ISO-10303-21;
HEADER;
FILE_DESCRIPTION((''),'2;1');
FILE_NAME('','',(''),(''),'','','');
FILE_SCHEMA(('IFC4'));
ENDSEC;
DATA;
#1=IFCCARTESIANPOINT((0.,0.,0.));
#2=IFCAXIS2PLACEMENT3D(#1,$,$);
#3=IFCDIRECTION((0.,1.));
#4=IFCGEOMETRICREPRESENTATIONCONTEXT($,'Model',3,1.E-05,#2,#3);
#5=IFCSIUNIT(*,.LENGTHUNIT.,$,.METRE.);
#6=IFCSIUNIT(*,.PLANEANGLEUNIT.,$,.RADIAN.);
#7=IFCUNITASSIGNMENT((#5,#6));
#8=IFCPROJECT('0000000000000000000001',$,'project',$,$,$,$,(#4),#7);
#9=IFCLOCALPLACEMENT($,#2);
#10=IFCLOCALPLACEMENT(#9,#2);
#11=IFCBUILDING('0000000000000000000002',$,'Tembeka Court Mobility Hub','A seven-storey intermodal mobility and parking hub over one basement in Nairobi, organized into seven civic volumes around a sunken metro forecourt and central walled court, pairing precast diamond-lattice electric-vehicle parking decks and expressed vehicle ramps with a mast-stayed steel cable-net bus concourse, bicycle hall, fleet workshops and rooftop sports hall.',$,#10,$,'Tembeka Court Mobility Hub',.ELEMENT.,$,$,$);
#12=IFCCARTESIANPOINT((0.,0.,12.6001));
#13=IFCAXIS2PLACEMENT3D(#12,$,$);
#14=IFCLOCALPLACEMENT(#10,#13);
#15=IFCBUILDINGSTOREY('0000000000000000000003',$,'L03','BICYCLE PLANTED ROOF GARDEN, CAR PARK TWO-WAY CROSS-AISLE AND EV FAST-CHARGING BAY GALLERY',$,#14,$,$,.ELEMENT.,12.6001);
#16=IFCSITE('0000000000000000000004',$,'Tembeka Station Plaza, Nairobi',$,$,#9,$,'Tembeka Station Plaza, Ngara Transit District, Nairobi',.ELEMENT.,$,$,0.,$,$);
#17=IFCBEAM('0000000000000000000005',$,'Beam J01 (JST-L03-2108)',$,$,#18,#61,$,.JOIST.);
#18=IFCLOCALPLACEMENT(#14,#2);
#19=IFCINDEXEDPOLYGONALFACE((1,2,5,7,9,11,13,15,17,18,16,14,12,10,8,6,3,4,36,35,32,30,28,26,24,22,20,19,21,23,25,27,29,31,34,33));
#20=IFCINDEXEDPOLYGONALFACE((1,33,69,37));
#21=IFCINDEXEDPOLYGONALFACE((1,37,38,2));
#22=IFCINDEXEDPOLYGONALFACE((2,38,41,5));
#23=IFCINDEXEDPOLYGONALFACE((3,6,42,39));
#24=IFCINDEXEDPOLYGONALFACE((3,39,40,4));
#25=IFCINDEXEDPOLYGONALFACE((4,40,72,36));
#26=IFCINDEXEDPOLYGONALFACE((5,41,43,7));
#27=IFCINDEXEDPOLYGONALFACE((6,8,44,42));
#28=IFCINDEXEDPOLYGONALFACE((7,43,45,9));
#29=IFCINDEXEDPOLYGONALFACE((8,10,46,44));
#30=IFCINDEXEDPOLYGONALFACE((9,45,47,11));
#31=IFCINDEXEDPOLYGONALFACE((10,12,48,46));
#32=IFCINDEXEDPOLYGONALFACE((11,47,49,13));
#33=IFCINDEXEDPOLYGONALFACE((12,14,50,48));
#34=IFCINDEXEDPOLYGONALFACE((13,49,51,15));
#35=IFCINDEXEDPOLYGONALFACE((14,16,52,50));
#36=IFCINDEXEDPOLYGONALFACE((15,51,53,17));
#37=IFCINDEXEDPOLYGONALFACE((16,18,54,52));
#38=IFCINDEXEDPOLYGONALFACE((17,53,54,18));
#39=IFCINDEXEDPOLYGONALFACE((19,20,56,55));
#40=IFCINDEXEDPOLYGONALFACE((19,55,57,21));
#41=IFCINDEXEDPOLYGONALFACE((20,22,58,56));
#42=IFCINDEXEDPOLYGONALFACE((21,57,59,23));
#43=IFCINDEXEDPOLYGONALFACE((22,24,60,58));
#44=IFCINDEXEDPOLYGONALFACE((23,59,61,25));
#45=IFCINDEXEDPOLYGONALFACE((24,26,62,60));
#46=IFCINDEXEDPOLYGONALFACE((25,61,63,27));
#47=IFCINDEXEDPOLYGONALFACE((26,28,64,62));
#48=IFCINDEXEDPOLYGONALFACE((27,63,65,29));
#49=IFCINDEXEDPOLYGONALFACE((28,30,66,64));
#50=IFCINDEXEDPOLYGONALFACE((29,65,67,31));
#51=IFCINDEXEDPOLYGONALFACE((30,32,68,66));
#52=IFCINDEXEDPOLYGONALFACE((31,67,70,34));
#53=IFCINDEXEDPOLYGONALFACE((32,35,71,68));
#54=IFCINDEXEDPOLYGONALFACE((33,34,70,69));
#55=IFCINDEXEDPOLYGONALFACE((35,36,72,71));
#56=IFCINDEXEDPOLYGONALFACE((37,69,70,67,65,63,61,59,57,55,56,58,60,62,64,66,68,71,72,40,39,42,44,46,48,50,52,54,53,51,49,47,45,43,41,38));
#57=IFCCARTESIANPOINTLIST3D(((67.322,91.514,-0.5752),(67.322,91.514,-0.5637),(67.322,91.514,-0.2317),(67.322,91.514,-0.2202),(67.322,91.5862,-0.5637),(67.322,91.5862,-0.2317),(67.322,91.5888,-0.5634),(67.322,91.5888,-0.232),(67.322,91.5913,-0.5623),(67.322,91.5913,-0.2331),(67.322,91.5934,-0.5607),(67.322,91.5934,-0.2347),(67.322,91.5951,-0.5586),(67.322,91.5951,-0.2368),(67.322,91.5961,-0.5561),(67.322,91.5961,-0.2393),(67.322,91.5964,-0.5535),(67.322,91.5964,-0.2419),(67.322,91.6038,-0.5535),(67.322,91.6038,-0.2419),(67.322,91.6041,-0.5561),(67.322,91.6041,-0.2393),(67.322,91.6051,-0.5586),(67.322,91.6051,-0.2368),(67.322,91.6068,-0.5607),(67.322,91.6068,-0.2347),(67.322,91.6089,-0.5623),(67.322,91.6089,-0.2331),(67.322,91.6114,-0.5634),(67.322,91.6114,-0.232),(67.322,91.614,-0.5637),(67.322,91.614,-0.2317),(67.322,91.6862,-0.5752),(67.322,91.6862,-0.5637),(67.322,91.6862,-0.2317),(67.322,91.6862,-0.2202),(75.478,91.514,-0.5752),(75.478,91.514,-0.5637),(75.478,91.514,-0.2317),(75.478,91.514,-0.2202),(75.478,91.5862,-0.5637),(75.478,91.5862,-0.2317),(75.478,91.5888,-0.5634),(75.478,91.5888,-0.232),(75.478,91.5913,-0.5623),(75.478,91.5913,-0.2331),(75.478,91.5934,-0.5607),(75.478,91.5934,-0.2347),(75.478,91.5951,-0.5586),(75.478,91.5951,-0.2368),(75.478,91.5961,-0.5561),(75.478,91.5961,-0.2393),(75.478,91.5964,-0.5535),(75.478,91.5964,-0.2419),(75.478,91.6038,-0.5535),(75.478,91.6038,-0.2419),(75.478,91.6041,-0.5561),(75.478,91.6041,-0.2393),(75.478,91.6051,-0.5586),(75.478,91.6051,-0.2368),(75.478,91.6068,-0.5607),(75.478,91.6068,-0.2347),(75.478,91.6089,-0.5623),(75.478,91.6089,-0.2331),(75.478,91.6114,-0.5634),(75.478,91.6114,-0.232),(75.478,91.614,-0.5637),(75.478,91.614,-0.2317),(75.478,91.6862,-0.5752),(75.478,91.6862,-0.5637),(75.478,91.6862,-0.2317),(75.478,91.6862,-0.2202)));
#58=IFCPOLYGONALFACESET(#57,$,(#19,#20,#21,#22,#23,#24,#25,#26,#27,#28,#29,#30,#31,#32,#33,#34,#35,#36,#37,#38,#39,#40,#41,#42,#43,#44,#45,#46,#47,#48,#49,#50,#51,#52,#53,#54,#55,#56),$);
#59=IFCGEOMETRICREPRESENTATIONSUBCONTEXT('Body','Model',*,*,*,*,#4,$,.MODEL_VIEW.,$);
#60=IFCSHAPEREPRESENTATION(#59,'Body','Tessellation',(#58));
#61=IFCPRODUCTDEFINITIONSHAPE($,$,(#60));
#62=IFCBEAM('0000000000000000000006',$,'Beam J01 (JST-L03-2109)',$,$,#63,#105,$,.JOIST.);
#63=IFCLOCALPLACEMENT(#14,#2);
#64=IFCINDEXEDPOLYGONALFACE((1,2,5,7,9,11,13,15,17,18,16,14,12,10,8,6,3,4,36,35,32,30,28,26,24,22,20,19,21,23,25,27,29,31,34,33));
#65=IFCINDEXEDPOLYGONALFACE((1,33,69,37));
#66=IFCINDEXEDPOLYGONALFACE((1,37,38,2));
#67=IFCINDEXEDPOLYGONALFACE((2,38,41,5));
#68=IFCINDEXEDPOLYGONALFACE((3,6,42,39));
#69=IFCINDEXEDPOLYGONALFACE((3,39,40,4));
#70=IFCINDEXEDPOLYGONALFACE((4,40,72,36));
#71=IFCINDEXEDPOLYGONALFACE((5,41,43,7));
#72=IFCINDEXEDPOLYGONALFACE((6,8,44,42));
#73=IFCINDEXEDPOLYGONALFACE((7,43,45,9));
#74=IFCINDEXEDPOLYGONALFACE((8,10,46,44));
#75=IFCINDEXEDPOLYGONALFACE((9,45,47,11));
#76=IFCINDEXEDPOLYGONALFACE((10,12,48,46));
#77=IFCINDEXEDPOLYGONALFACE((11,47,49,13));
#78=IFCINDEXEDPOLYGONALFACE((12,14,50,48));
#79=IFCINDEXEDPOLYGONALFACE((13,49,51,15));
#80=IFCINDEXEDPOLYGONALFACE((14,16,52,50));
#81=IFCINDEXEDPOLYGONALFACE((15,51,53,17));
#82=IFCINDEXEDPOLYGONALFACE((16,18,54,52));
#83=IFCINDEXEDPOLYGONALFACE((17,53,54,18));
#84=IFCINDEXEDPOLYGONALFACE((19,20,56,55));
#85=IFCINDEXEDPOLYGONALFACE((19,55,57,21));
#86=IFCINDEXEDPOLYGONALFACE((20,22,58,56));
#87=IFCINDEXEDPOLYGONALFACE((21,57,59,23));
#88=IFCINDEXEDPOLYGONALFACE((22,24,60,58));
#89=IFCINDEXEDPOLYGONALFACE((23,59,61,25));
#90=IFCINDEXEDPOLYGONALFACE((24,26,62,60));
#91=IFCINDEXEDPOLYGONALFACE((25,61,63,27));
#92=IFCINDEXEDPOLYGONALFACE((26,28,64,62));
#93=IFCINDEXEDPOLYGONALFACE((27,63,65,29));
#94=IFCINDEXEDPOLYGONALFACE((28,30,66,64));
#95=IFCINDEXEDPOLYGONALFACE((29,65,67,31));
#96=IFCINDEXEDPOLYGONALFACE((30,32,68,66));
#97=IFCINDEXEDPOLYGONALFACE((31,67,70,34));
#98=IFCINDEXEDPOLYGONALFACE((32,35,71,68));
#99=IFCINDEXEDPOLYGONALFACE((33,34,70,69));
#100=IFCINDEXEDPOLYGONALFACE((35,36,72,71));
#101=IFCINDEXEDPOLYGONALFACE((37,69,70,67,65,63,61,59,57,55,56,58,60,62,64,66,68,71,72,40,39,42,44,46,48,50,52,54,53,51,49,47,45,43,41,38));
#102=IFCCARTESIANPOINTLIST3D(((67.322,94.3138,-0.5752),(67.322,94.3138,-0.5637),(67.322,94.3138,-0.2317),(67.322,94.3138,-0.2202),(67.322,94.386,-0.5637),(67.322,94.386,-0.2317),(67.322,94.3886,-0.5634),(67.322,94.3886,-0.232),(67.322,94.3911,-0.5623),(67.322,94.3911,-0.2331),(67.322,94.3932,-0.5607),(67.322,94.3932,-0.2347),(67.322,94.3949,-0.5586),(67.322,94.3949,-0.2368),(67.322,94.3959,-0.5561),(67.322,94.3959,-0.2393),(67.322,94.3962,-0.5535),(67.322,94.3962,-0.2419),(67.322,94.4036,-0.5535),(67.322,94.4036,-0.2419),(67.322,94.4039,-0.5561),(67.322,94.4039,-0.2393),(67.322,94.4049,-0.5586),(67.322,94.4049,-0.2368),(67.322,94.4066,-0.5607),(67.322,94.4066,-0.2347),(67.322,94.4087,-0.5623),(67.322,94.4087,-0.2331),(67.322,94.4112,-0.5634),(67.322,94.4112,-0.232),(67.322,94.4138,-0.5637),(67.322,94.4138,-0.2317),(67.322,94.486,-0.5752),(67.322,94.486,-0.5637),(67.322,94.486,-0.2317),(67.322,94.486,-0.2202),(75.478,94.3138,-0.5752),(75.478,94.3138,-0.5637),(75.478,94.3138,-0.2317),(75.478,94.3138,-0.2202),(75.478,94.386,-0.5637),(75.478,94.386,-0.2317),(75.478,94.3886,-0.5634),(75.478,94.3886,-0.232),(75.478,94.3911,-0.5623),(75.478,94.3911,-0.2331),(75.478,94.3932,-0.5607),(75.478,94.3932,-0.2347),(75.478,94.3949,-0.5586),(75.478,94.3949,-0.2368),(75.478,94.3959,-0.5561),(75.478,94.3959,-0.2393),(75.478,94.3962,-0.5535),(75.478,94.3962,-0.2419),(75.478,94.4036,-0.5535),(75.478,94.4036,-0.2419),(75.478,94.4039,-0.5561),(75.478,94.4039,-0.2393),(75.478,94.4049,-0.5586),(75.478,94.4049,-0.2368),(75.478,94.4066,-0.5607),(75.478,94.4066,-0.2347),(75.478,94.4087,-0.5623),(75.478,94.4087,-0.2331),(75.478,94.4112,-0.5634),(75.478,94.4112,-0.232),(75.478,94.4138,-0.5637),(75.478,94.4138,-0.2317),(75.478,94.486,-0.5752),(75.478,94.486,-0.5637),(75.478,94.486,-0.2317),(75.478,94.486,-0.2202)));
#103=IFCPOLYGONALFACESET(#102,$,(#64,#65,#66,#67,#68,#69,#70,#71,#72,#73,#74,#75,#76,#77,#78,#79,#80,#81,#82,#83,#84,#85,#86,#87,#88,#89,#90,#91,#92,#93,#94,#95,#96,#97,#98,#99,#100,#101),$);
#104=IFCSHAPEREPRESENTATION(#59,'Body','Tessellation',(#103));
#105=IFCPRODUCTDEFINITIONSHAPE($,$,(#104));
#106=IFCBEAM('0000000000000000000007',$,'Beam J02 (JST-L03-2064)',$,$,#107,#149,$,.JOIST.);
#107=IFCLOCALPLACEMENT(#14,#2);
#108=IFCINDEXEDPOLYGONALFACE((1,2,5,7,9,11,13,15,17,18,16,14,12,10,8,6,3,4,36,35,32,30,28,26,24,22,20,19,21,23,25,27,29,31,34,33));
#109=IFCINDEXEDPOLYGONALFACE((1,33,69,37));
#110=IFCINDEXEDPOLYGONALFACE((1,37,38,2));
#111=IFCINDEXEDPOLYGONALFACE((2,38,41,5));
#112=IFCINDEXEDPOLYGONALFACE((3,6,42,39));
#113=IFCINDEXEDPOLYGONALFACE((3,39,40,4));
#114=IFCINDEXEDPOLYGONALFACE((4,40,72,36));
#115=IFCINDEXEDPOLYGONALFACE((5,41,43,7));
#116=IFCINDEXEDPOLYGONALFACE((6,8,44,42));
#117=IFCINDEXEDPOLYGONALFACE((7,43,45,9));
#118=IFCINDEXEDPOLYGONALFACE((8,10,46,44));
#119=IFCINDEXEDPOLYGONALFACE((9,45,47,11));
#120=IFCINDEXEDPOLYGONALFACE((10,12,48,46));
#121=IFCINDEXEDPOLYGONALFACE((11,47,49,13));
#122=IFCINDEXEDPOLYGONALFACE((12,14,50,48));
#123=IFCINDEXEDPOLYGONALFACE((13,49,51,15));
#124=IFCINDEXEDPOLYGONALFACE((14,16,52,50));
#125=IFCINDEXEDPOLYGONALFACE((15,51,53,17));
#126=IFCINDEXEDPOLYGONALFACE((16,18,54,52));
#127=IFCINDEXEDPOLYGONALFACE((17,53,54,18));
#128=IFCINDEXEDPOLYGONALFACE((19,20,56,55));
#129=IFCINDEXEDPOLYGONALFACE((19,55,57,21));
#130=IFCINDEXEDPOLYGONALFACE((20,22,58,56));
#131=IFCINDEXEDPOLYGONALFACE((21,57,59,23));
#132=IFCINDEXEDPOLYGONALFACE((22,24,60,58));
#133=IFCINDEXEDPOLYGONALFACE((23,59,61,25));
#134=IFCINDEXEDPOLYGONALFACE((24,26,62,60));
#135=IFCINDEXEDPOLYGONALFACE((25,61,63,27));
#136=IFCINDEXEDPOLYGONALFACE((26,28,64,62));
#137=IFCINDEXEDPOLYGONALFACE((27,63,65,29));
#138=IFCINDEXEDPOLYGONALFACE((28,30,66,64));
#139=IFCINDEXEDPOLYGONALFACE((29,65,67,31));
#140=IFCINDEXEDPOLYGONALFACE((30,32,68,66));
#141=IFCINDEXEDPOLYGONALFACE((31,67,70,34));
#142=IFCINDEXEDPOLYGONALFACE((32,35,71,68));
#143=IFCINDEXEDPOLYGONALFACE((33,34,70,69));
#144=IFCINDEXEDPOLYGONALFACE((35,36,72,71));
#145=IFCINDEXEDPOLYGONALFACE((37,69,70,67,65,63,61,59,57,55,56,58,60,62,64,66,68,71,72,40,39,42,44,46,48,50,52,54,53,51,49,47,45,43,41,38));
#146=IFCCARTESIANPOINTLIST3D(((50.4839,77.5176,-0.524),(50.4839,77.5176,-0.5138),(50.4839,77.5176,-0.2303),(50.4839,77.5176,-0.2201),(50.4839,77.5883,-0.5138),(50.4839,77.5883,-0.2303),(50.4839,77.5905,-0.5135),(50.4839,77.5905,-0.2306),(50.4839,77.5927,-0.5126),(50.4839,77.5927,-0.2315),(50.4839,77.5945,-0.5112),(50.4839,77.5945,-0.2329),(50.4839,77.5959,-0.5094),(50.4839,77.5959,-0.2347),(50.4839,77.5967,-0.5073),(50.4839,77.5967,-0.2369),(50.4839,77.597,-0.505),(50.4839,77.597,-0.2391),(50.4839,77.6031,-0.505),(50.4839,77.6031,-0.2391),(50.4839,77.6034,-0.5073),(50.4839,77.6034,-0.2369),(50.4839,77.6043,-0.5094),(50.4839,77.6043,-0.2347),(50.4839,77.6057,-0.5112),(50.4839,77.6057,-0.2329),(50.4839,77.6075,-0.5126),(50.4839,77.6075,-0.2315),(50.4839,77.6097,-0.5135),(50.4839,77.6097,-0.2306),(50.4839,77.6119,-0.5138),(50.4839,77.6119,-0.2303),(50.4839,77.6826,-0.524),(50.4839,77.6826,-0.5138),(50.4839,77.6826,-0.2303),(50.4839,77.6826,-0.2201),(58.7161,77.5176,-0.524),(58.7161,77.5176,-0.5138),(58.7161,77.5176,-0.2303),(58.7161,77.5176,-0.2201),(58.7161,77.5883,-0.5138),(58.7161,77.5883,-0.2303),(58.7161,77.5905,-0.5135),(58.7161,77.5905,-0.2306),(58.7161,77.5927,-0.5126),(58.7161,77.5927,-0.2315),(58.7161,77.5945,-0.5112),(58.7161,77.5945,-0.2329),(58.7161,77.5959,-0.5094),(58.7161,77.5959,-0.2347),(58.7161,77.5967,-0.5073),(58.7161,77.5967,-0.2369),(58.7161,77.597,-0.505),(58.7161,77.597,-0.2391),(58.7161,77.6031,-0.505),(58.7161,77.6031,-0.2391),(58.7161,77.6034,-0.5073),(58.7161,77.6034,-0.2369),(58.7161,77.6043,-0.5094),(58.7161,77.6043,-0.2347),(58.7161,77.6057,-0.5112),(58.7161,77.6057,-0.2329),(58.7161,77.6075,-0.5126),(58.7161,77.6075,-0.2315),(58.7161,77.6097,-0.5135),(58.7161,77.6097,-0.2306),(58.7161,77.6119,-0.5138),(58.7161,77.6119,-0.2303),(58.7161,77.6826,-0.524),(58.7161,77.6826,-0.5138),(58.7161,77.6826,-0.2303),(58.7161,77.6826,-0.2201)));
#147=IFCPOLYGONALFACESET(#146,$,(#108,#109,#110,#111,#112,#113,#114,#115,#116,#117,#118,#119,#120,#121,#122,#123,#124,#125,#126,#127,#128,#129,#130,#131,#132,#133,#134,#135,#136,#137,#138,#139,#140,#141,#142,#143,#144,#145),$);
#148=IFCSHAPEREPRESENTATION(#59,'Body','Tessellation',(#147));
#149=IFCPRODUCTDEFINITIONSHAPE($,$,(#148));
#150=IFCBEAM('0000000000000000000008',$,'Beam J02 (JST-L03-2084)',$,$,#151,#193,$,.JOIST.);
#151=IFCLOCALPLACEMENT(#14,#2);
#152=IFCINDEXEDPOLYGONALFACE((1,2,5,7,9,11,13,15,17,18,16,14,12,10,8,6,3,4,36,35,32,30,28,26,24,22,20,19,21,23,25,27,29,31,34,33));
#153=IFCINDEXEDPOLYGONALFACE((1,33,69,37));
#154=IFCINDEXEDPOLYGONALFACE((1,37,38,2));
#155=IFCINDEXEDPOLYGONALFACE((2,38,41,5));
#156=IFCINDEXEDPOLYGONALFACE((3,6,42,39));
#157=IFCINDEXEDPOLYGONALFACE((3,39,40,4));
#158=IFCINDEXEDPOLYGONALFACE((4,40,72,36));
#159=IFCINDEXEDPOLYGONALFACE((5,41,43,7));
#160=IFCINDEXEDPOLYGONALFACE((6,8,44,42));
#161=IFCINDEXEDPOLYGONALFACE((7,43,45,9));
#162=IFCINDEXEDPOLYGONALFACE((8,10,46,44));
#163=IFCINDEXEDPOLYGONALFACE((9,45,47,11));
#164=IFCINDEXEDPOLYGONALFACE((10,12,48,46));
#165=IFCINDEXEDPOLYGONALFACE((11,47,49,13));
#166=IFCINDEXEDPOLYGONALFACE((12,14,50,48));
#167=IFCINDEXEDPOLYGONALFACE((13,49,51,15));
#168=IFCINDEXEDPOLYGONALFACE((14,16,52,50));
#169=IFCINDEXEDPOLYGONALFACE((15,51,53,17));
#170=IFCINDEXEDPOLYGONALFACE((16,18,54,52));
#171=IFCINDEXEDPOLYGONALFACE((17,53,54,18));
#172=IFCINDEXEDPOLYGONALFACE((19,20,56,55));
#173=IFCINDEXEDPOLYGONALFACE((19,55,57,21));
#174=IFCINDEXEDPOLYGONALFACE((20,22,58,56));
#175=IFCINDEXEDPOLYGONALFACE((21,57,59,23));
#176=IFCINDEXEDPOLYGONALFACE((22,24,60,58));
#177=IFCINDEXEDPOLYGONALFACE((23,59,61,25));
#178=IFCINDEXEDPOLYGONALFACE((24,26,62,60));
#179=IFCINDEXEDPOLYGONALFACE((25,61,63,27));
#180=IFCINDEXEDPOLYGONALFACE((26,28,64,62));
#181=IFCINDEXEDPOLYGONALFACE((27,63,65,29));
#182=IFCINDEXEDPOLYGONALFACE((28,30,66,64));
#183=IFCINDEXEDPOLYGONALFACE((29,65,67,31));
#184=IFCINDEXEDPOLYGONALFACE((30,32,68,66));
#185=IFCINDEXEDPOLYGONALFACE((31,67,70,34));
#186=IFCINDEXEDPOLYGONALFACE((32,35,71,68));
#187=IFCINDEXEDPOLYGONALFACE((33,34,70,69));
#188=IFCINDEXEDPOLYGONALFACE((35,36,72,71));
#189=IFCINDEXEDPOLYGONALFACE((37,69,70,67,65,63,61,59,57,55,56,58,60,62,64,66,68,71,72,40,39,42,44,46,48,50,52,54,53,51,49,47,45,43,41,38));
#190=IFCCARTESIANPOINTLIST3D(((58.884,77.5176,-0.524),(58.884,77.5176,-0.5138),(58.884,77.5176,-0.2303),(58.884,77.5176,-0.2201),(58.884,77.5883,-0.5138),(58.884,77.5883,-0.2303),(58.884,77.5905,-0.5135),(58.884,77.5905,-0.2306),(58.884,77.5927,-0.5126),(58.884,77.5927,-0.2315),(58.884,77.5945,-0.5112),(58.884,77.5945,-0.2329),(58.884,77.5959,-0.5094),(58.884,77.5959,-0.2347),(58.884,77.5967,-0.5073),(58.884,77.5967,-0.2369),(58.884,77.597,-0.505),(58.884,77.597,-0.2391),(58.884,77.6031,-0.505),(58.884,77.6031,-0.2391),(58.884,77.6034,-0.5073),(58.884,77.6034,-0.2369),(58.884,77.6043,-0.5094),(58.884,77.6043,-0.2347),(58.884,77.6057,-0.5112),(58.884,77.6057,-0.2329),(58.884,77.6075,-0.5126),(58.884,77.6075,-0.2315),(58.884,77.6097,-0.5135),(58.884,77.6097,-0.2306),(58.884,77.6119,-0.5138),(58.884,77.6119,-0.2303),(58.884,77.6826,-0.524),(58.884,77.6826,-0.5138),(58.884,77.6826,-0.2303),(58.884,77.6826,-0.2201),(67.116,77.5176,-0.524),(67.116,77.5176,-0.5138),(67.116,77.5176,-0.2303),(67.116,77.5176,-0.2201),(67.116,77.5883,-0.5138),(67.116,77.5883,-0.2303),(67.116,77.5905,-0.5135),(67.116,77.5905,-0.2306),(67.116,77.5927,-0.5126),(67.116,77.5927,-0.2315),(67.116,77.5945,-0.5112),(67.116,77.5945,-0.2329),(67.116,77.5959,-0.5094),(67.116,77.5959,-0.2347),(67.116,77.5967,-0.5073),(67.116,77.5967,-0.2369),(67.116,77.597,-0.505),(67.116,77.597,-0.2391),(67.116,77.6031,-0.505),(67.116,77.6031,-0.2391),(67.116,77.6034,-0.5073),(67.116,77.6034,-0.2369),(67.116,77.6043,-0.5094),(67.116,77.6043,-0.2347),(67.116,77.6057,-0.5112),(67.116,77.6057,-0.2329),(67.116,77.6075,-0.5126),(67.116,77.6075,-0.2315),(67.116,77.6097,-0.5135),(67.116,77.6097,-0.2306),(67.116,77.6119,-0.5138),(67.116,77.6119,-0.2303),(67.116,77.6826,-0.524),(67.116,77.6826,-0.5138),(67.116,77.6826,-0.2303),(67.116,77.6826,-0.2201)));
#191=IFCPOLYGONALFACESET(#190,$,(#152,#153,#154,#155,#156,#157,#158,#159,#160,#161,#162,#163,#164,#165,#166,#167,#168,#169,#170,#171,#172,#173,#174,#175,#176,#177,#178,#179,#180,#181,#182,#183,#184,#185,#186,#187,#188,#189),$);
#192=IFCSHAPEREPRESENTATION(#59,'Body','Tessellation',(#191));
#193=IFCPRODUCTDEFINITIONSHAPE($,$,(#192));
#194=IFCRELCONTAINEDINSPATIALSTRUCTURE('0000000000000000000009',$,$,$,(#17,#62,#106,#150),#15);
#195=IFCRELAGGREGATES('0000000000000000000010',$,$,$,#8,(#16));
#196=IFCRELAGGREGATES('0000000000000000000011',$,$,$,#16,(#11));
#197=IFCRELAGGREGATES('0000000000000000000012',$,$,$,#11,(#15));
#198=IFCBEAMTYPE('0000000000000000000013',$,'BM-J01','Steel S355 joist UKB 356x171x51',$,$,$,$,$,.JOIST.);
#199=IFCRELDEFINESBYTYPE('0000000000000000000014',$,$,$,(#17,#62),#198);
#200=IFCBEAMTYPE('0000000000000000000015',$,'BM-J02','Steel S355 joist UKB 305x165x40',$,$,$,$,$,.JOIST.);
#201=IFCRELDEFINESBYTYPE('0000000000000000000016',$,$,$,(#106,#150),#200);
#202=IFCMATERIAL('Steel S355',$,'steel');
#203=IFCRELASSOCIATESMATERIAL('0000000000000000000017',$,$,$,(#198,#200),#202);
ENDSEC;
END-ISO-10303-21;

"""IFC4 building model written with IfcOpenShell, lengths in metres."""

from ifc_helpers import new_model, si_unit, direction, frame, origin, origin_2d, place, context, subcontext, project, spatial, i_section, extrude, material, material_profile, profile_set, type_object, element, save


model = new_model("IFC4")

# Units and contexts
model_context = context("Model", 3, precision=1e-05, world=origin(), true_north=direction((0.0, 1.0)))
body_context = subcontext(model_context, "Body", "Model", "MODEL_VIEW")
ifc_project = project(units=[si_unit("LENGTHUNIT", "METRE"), si_unit("PLANEANGLEUNIT", "RADIAN")], contexts=[model_context])

# Site, building, storey
site_placement = place(None, origin())
site = spatial("IfcSite", under=ifc_project, at=site_placement, Name="Tembeka Station Plaza, Nairobi", LongName="Tembeka Station Plaza, Ngara Transit District, Nairobi", CompositionType="ELEMENT", RefElevation=0.0)
building_placement = place(site_placement, origin())
building = spatial("IfcBuilding", under=site, at=building_placement, Name="Tembeka Court Mobility Hub", Description="A seven-storey intermodal mobility and parking hub over one basement in Nairobi, organized into seven civic volumes around a sunken metro forecourt and central walled court, pairing precast diamond-lattice electric-vehicle parking decks and expressed vehicle ramps with a mast-stayed steel cable-net bus concourse, bicycle hall, fleet workshops and rooftop sports hall.", LongName="Tembeka Court Mobility Hub", CompositionType="ELEMENT")
storey_placement = place(building_placement, frame((0.0, 0.0, 12.6001)))
storey = spatial("IfcBuildingStorey", under=building, at=storey_placement, Name="L03", Description="BICYCLE PLANTED ROOF GARDEN, CAR PARK TWO-WAY CROSS-AISLE AND EV FAST-CHARGING BAY GALLERY", CompositionType="ELEMENT", Elevation=12.6001)

# Shared definitions
ifc_material = material(Name="Steel S355", Category="steel")

# Beams
ifc_material_profile_1 = material_profile(ifc_material, i_section(OverallWidth=0.1721, OverallDepth=0.355, WebThickness=0.0073, FlangeThickness=0.0115, FilletRadius=0.0103, at=origin_2d()), Name="UKB 356x171x51")
ifc_profile_set_1 = profile_set([ifc_material_profile_1], Name="Steel S355")
beam_type_1 = type_object("IfcBeamType", Name="BM-J01", Description="Steel S355 joist UKB 356x171x51", PredefinedType="JOIST", material=ifc_profile_set_1)
for number, where, z_axis, x_axis, name in (
    (1, (67.322, 91.6001, -0.3977), (1.0, 0.0, 0.0), (0.0, 1.0, 0.0), "Beam J01 (JST-L03-2108)"),
    (2, (67.322, 94.3999, -0.3977), (1.0, 0.0, 0.0), (0.0, 1.0, 0.0), "Beam J01 (JST-L03-2109)"),
):
    element("IfcBeam", number, at=place(storey_placement, frame(where, z_axis=z_axis, x_axis=x_axis)), inside=storey, type_object=beam_type_1, Name=name, PredefinedType="JOIST", context=body_context, shape_type="SweptSolid", body=[
        extrude(i_section(OverallWidth=0.1721, OverallDepth=0.355, WebThickness=0.0073, FlangeThickness=0.0115, FilletRadius=0.0103, at=origin_2d()), origin(), (0.0, 0.0, 1.0), 8.156),
    ])
ifc_material_profile_2 = material_profile(ifc_material, i_section(OverallWidth=0.165, OverallDepth=0.304, WebThickness=0.0061, FlangeThickness=0.0103, FilletRadius=0.0088, at=origin_2d()), Name="UKB 305x165x40")
ifc_profile_set_2 = profile_set([ifc_material_profile_2], Name="Steel S355")
beam_type_2 = type_object("IfcBeamType", Name="BM-J02", Description="Steel S355 joist UKB 305x165x40", PredefinedType="JOIST", material=ifc_profile_set_2)
beam_1_placement = place(storey_placement, frame((50.4839, 77.6001, -0.3721), z_axis=(1.0, 0.0, 0.0), x_axis=(0.0, 1.0, 0.0)))
element("IfcBeam", 3, at=beam_1_placement, inside=storey, type_object=beam_type_2, Name="Beam J02 (JST-L03-2064)", PredefinedType="JOIST", context=body_context, shape_type="SweptSolid", body=[
    extrude(i_section(OverallWidth=0.165, OverallDepth=0.304, WebThickness=0.0061, FlangeThickness=0.0103, FilletRadius=0.0088, at=origin_2d()), origin(), (0.0, 0.0, 1.0), 8.2322),
])
beam_2_placement = place(storey_placement, frame((58.884, 77.6001, -0.3721), z_axis=(1.0, 0.0, 0.0), x_axis=(0.0, 1.0, 0.0)))
element("IfcBeam", 4, at=beam_2_placement, inside=storey, type_object=beam_type_2, Name="Beam J02 (JST-L03-2084)", PredefinedType="JOIST", context=body_context, shape_type="SweptSolid", body=[
    extrude(i_section(OverallWidth=0.165, OverallDepth=0.304, WebThickness=0.0061, FlangeThickness=0.0103, FilletRadius=0.0088, at=origin_2d()), origin(), (0.0, 0.0, 1.0), 8.2319),
])

save(model, "model.ifc")
